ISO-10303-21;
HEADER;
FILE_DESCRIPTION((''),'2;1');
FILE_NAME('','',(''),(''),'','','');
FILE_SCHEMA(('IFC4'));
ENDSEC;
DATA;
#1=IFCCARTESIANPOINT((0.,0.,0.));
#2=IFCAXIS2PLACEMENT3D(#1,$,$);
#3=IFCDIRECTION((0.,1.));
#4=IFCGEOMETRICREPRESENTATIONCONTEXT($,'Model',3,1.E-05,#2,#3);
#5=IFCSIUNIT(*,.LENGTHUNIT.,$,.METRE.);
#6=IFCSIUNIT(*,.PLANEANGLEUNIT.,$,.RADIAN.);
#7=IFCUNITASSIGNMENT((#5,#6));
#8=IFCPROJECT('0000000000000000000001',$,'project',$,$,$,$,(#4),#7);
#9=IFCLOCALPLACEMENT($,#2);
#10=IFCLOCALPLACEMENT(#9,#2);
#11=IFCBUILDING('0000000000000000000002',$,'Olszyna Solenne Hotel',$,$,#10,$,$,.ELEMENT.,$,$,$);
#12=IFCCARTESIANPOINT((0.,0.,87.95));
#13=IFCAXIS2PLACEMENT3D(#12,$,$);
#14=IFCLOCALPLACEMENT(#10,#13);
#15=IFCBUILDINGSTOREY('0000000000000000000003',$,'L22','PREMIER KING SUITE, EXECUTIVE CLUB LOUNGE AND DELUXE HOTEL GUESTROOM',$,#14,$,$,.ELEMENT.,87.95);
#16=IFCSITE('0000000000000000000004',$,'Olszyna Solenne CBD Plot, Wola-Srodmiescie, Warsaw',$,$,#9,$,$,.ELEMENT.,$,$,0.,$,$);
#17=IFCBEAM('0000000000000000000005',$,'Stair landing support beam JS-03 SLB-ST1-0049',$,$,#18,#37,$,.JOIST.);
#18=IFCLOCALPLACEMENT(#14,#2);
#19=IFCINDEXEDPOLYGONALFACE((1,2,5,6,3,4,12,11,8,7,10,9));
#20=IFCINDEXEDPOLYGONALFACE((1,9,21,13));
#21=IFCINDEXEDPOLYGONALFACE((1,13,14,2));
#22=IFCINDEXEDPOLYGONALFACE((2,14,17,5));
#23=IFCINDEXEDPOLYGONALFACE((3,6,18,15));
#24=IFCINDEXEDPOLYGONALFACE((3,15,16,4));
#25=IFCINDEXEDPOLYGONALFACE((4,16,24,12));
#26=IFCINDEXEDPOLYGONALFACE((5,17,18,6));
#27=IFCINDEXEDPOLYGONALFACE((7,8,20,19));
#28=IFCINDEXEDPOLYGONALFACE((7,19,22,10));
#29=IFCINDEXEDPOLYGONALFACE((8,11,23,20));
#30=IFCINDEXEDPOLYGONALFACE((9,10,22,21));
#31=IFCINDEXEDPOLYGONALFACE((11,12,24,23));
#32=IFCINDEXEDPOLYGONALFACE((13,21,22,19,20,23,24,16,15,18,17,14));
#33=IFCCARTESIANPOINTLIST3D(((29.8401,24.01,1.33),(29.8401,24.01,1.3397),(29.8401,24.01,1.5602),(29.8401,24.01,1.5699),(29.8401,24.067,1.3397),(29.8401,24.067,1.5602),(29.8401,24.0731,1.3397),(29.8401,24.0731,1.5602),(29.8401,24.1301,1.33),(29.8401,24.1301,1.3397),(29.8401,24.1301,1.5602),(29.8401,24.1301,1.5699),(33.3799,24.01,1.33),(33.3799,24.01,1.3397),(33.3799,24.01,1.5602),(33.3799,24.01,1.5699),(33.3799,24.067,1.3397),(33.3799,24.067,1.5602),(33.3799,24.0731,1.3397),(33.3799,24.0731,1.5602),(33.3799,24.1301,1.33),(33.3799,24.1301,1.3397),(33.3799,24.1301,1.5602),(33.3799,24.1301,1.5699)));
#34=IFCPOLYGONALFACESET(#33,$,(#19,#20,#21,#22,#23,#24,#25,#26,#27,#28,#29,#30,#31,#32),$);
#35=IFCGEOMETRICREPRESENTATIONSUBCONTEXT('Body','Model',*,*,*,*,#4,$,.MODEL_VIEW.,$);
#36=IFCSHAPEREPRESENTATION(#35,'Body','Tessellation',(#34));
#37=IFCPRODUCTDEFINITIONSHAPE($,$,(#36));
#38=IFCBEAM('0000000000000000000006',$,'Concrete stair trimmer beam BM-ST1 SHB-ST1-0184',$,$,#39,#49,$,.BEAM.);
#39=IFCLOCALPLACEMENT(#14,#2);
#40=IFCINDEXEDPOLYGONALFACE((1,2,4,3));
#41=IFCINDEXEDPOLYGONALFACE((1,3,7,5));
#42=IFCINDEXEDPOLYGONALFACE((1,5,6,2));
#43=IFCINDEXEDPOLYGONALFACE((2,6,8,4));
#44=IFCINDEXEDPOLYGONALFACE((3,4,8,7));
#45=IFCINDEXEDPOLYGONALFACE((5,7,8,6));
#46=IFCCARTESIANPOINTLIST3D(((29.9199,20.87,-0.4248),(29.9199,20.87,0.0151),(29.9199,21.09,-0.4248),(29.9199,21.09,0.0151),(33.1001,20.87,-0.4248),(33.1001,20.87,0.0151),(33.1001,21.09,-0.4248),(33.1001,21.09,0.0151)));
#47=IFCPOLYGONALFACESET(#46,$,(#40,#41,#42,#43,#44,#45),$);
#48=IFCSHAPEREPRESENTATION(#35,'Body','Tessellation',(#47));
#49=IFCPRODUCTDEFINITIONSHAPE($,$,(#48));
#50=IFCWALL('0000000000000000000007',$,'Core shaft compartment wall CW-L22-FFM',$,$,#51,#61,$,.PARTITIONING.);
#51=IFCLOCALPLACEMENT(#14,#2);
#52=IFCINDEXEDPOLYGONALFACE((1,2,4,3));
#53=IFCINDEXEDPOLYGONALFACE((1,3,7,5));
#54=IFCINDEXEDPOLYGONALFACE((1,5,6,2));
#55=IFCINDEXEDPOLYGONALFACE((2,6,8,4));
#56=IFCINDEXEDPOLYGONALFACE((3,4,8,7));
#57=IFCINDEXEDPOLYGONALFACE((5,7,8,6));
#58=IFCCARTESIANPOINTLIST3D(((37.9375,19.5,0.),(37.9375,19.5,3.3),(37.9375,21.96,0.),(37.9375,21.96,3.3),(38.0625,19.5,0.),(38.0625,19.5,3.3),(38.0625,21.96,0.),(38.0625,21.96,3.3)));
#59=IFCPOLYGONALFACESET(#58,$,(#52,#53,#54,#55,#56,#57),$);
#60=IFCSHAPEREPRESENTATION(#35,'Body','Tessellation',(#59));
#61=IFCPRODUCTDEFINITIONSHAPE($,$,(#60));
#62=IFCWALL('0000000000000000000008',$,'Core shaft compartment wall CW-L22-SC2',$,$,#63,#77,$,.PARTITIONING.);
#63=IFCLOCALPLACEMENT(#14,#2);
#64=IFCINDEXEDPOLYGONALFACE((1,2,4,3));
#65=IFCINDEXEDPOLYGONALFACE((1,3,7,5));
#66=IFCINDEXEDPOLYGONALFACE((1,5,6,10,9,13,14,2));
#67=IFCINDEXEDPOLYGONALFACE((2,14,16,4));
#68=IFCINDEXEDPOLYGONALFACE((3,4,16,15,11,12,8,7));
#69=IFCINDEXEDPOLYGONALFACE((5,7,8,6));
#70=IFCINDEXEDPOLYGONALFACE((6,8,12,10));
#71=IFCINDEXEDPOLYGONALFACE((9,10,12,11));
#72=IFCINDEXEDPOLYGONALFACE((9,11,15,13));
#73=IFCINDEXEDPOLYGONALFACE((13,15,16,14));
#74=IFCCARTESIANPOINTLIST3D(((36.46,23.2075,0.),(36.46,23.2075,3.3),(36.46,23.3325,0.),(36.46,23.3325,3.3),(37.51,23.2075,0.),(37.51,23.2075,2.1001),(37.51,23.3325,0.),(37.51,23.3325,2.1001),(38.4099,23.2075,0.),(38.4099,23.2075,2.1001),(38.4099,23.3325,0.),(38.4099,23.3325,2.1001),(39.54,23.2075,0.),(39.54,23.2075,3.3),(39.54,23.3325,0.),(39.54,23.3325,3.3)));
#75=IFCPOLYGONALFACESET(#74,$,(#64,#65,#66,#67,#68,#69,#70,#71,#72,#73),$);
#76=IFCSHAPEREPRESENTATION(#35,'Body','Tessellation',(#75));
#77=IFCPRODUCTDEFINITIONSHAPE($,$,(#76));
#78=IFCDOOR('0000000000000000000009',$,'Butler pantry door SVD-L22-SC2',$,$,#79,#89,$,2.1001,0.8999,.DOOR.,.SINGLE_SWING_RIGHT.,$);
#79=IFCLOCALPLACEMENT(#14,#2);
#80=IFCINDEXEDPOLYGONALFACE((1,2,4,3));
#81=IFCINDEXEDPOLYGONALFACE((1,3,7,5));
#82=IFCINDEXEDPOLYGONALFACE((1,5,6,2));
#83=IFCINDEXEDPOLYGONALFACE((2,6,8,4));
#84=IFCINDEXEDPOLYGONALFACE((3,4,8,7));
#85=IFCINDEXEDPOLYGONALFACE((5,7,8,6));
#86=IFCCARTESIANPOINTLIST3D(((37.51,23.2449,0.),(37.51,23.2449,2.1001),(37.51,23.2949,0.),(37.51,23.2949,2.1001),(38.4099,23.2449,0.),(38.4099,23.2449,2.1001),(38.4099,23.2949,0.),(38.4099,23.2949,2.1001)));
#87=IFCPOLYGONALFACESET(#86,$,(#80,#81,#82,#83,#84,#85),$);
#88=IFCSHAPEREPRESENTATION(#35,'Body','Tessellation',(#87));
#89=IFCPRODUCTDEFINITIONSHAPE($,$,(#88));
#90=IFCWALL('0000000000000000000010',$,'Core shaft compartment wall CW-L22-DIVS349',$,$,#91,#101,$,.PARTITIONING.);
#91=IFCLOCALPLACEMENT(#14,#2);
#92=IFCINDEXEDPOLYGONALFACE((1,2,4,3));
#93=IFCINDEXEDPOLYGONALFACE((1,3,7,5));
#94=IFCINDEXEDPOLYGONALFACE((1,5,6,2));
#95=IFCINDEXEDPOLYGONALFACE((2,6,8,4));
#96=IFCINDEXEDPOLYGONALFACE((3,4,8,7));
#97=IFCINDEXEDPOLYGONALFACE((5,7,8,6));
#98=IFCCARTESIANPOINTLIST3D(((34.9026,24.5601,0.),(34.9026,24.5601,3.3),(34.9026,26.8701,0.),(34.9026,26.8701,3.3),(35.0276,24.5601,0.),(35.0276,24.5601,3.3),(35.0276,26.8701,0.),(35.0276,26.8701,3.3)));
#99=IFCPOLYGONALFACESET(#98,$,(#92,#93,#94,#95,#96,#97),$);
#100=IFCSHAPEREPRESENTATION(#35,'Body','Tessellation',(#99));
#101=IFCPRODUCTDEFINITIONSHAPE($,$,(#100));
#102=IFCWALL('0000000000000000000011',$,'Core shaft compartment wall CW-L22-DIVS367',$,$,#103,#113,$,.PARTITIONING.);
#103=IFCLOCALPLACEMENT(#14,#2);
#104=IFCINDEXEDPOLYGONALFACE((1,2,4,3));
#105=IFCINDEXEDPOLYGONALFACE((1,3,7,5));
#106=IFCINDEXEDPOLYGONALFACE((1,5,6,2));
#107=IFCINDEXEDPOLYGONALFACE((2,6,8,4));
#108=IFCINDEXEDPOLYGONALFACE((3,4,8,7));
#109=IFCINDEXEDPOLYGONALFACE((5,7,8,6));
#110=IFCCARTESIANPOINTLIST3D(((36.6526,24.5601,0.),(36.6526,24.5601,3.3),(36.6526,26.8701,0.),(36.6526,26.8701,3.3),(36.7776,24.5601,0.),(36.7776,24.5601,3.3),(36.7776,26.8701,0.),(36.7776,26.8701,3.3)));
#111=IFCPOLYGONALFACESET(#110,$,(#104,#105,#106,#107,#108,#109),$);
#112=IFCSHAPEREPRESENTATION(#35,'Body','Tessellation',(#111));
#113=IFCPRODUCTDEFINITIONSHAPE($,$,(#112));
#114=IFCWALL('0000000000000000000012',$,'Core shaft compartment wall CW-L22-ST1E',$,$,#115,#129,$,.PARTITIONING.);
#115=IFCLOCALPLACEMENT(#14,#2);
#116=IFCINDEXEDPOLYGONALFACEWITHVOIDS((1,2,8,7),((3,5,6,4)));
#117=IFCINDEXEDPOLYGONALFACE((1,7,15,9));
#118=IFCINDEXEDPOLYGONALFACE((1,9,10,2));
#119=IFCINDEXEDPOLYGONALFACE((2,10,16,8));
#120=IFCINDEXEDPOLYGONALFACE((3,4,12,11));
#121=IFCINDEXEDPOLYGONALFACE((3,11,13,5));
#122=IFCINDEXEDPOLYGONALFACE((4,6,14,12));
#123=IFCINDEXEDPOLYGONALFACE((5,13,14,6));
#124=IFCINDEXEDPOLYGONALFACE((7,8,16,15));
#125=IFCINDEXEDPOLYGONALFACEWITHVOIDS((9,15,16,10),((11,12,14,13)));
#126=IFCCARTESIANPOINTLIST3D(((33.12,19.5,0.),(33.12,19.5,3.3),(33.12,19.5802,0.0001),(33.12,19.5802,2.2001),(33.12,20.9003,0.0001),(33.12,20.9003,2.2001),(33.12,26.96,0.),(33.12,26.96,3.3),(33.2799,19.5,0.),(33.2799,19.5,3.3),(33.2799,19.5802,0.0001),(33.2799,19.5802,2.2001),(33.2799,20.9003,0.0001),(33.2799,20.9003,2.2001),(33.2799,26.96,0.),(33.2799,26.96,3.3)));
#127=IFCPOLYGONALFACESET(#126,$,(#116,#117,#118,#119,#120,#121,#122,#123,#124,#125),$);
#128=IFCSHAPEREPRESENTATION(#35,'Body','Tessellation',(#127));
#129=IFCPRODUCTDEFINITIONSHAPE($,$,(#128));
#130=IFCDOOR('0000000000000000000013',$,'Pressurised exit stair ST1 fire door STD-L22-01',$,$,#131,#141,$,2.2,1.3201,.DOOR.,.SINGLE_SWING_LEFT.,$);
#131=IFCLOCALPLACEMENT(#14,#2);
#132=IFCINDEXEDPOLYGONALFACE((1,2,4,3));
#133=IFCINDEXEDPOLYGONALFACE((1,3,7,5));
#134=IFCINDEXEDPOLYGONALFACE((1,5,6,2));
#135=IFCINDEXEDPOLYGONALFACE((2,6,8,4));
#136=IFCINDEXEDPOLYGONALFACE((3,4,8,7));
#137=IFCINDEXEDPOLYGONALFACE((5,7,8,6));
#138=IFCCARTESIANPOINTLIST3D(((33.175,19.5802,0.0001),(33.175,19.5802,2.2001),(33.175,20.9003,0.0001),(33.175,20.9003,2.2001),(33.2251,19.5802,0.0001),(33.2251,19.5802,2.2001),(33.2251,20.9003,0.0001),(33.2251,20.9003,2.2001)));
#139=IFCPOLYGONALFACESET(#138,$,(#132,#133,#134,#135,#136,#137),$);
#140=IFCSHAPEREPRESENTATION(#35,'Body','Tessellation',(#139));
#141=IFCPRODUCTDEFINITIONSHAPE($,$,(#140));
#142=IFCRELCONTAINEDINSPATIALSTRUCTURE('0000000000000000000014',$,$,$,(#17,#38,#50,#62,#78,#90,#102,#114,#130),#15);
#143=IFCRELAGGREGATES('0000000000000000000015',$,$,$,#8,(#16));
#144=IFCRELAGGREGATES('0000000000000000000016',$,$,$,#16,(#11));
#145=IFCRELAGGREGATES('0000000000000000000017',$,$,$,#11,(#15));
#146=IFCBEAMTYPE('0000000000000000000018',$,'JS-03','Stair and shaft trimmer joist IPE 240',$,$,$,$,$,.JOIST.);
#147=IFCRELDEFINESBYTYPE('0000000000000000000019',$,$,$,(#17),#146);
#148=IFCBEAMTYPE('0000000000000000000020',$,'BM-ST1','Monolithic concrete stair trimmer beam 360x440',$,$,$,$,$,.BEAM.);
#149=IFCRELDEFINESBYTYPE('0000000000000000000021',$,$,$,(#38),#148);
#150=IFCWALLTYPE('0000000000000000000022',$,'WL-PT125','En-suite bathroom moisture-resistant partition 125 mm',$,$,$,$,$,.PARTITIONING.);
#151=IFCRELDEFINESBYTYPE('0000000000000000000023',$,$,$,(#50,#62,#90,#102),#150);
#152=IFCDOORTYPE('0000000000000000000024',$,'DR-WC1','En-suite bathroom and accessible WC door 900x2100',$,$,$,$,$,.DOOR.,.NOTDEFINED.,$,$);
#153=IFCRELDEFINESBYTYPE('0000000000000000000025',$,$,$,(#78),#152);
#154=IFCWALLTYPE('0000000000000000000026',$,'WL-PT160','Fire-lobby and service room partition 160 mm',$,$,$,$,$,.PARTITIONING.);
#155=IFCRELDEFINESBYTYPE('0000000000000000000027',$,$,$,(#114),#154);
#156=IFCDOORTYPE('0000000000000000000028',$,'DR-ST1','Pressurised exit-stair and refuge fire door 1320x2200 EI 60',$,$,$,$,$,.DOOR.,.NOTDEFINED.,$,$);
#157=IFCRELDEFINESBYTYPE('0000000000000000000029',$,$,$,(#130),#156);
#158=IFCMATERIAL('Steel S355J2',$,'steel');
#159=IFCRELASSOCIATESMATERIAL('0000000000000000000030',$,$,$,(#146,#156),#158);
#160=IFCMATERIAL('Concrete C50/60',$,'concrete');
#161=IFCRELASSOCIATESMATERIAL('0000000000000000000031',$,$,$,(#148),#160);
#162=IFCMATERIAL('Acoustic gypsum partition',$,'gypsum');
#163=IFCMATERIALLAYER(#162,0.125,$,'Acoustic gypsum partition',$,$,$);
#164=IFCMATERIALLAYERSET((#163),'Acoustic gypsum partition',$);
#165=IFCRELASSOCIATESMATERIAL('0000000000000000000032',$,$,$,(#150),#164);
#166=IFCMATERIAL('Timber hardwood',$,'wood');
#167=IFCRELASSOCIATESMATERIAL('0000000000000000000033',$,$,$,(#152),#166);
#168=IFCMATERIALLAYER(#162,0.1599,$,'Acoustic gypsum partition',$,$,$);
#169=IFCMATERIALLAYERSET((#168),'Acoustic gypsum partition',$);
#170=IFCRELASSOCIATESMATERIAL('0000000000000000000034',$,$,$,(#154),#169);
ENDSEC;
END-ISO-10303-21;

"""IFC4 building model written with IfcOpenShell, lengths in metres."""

from ifc_helpers import new_model, si_unit, direction, frame, frame_2d, origin, origin_2d, place, context, subcontext, project, spatial, rectangle, i_section, extrude, source, transform, mapped, material, layer, layer_set, material_profile, profile_set, type_object, type_shapes, element, fill, save


model = new_model("IFC4")

# Units and contexts
model_context = context("Model", 3, precision=1e-05, world=origin(), true_north=direction((0.0, 1.0)))
body_context = subcontext(model_context, "Body", "Model", "MODEL_VIEW")
ifc_project = project(units=[si_unit("LENGTHUNIT", "METRE"), si_unit("PLANEANGLEUNIT", "RADIAN")], contexts=[model_context])

# Site, building, storey
site_placement = place(None, origin())
site = spatial("IfcSite", under=ifc_project, at=site_placement, Name="Olszyna Solenne CBD Plot, Wola-Srodmiescie, Warsaw", CompositionType="ELEMENT", RefElevation=0.0)
building_placement = place(site_placement, origin())
building = spatial("IfcBuilding", under=site, at=building_placement, Name="Olszyna Solenne Hotel", CompositionType="ELEMENT")
storey_placement = place(building_placement, frame((0.0, 0.0, 87.95)))
storey = spatial("IfcBuildingStorey", under=building, at=storey_placement, Name="L22", Description="PREMIER KING SUITE, EXECUTIVE CLUB LOUNGE AND DELUXE HOTEL GUESTROOM", CompositionType="ELEMENT", Elevation=87.95)

# Beams
ifc_material_1 = material(Name="Steel S355J2", Category="steel")
ifc_material_profile_1 = material_profile(ifc_material_1, i_section(OverallWidth=0.1201, OverallDepth=0.24, WebThickness=0.0061, FlangeThickness=0.0098, at=origin_2d()), Name="IPE 240", Category="load-bearing")
ifc_profile_set_1 = profile_set([ifc_material_profile_1], Name="Steel S355J2")
beam_type_1 = type_object("IfcBeamType", Name="JS-03", Description="Stair and shaft trimmer joist IPE 240", PredefinedType="JOIST", material=ifc_profile_set_1)
shared_shape_1 = source(origin(), body_context, "Body", "SweptSolid", [
    extrude(i_section(OverallWidth=0.1201, OverallDepth=0.24, WebThickness=0.0061, FlangeThickness=0.0098, at=origin_2d()), origin(), (0.0, 0.0, 1.0), 3.5398),
])
beam_1_placement = place(storey_placement, frame((33.3799, 24.0701, 1.45), z_axis=(-1.0, 0.0, 0.0), x_axis=(0.0, -1.0, 0.0)))
element("IfcBeam", 1, at=beam_1_placement, inside=storey, type_object=beam_type_1, Name="Stair landing support beam JS-03 SLB-ST1-0049", PredefinedType="JOIST", context=body_context, shape_type="MappedRepresentation", body=[
    mapped(shared_shape_1, transform((0.0, 0.0, 0.0), x_axis=(1.0, 0.0, 0.0), y_axis=(0.0, 1.0, 0.0), z_axis=(0.0, 0.0, 1.0), scale=1.0)),
])
ifc_material_2 = material(Name="Concrete C50/60", Category="concrete")
ifc_material_profile_2 = material_profile(ifc_material_2, rectangle(XDim=0.22, YDim=0.4399, at=origin_2d()), Name="RC 220x440", Category="load-bearing")
ifc_profile_set_2 = profile_set([ifc_material_profile_2], Name="Concrete C50/60")
beam_type_2 = type_object("IfcBeamType", Name="BM-ST1", Description="Monolithic concrete stair trimmer beam 360x440", PredefinedType="BEAM", material=ifc_profile_set_2)
shared_shape_2 = source(origin(), body_context, "Body", "SweptSolid", [
    extrude(rectangle(XDim=0.22, YDim=0.4399, at=origin_2d()), origin(), (0.0, 0.0, 1.0), 3.1802),
])
beam_2_placement = place(storey_placement, frame((33.1001, 20.98, -0.2048), z_axis=(-1.0, 0.0, 0.0), x_axis=(0.0, -1.0, 0.0)))
element("IfcBeam", 2, at=beam_2_placement, inside=storey, type_object=beam_type_2, Name="Concrete stair trimmer beam BM-ST1 SHB-ST1-0184", PredefinedType="BEAM", context=body_context, shape_type="MappedRepresentation", body=[
    mapped(shared_shape_2, transform((0.0, 0.0, 0.0), x_axis=(1.0, 0.0, 0.0), y_axis=(0.0, 1.0, 0.0), z_axis=(0.0, 0.0, 1.0), scale=1.0)),
])

# Wall
ifc_material_3 = material(Name="Acoustic gypsum partition", Category="gypsum")
ifc_layer_1 = layer(ifc_material_3, 0.125, Name="Acoustic gypsum partition")
ifc_layer_set_1 = layer_set([ifc_layer_1], Name="Acoustic gypsum partition")
wall_type_1 = type_object("IfcWallType", Name="WL-PT125", Description="En-suite bathroom moisture-resistant partition 125 mm", PredefinedType="PARTITIONING", material=ifc_layer_set_1)
wall_1_placement = place(storey_placement, frame((38.0, 19.5, 0.0), z_axis=(0.0, 0.0, 1.0), x_axis=(0.0, 1.0, 0.0)))
element("IfcWall", 3, at=wall_1_placement, inside=storey, type_object=wall_type_1, Name="Core shaft compartment wall CW-L22-FFM", PredefinedType="PARTITIONING", context=body_context, shape_type="SweptSolid", body=[
    extrude(rectangle(XDim=2.46, YDim=0.125, at=frame_2d((1.23, 0.0))), origin(), (0.0, 0.0, 1.0), 3.3),
])

# Wall, opening, door
wall_2_placement = place(storey_placement, frame((36.46, 23.27, 0.0), z_axis=(0.0, 0.0, 1.0), x_axis=(1.0, 0.0, 0.0)))
wall_2 = element("IfcWall", 4, at=wall_2_placement, inside=storey, type_object=wall_type_1, Name="Core shaft compartment wall CW-L22-SC2", PredefinedType="PARTITIONING", context=body_context, shape_type="SweptSolid", body=[
    extrude(rectangle(XDim=3.0801, YDim=0.125, at=frame_2d((1.54, 0.0))), origin(), (0.0, 0.0, 1.0), 3.3),
])
opening_1_placement = place(wall_2_placement, frame((1.05, 0.0, 0.0)))
opening_1 = element("IfcOpeningElement", 5, at=opening_1_placement, cuts=wall_2, PredefinedType="OPENING", context=body_context, shape_type="SweptSolid", body=[
    extrude(rectangle(XDim=0.8999, YDim=2.1001, at=frame_2d((0.45, 1.05))), frame((0.0, 0.0725, 0.0), z_axis=(0.0, -1.0, 0.0), x_axis=(1.0, 0.0, 0.0)), (0.0, 0.0, 1.0), 0.145),
])
ifc_material_4 = material(Name="Timber hardwood", Category="wood")
door_type_1 = type_object("IfcDoorType", Name="DR-WC1", Description="En-suite bathroom and accessible WC door 900x2100", OperationType="NOTDEFINED", PredefinedType="DOOR", material=ifc_material_4)
shared_shape_3 = source(origin(), body_context, "Body", "SweptSolid", [
    extrude(rectangle(XDim=0.8999, YDim=2.1001, at=frame_2d((0.45, 1.05))), frame((0.0, 0.0249, 0.0), z_axis=(0.0, -1.0, 0.0), x_axis=(1.0, 0.0, 0.0)), (0.0, 0.0, 1.0), 0.05),
])
type_shapes(door_type_1, [shared_shape_3])
door_1_placement = place(opening_1_placement, origin())
door_1 = element("IfcDoor", 6, at=door_1_placement, inside=storey, type_object=door_type_1, Name="Butler pantry door SVD-L22-SC2", OperationType="SINGLE_SWING_RIGHT", OverallHeight=2.1001, OverallWidth=0.8999, PredefinedType="DOOR", context=body_context, shape_type="MappedRepresentation", body=[
    mapped(shared_shape_3, transform((0.0, 0.0, 0.0), x_axis=(1.0, 0.0, 0.0), y_axis=(0.0, 1.0, 0.0), z_axis=(0.0, 0.0, 1.0), scale=1.0)),
])
fill(opening_1, door_1)

# Walls
for number, where, z_axis, x_axis, name in (
    (7, (34.9651, 24.5601, 0.0), (0.0, 0.0, 1.0), (0.0, 1.0, 0.0), "Core shaft compartment wall CW-L22-DIVS349"),
    (8, (36.7151, 24.5601, 0.0), (0.0, 0.0, 1.0), (0.0, 1.0, 0.0), "Core shaft compartment wall CW-L22-DIVS367"),
):
    element("IfcWall", number, at=place(storey_placement, frame(where, z_axis=z_axis, x_axis=x_axis)), inside=storey, type_object=wall_type_1, Name=name, PredefinedType="PARTITIONING", context=body_context, shape_type="SweptSolid", body=[
        extrude(rectangle(XDim=2.3101, YDim=0.125, at=frame_2d((1.155, 0.0))), origin(), (0.0, 0.0, 1.0), 3.3),
    ])

# Wall, opening, door
ifc_layer_2 = layer(ifc_material_3, 0.1599, Name="Acoustic gypsum partition")
ifc_layer_set_2 = layer_set([ifc_layer_2], Name="Acoustic gypsum partition")
wall_type_2 = type_object("IfcWallType", Name="WL-PT160", Description="Fire-lobby and service room partition 160 mm", PredefinedType="PARTITIONING", material=ifc_layer_set_2)
wall_3_placement = place(storey_placement, frame((33.2, 19.5, 0.0), z_axis=(0.0, 0.0, 1.0), x_axis=(0.0, 1.0, 0.0)))
wall_3 = element("IfcWall", 9, at=wall_3_placement, inside=storey, type_object=wall_type_2, Name="Core shaft compartment wall CW-L22-ST1E", PredefinedType="PARTITIONING", context=body_context, shape_type="SweptSolid", body=[
    extrude(rectangle(XDim=7.46, YDim=0.1599, at=frame_2d((3.73, 0.0))), origin(), (0.0, 0.0, 1.0), 3.3),
])
opening_2_placement = place(wall_3_placement, frame((0.0801, 0.0, 0.0)))
opening_2 = element("IfcOpeningElement", 10, at=opening_2_placement, cuts=wall_3, PredefinedType="OPENING", context=body_context, shape_type="SweptSolid", body=[
    extrude(rectangle(XDim=1.3201, YDim=2.2, at=frame_2d((0.6602, 1.1001))), frame((0.0, 0.0898, 0.0), z_axis=(0.0, -1.0, 0.0), x_axis=(1.0, 0.0, 0.0)), (0.0, 0.0, 1.0), 0.1799),
])
door_type_2 = type_object("IfcDoorType", Name="DR-ST1", Description="Pressurised exit-stair and refuge fire door 1320x2200 EI 60", OperationType="NOTDEFINED", PredefinedType="DOOR", material=ifc_material_1)
shared_shape_4 = source(origin(), body_context, "Body", "SweptSolid", [
    extrude(rectangle(XDim=1.3201, YDim=2.2, at=frame_2d((0.6602, 1.1001))), frame((0.0, 0.0249, 0.0), z_axis=(0.0, -1.0, 0.0), x_axis=(1.0, 0.0, 0.0)), (0.0, 0.0, 1.0), 0.05),
])
type_shapes(door_type_2, [shared_shape_4])
door_2_placement = place(opening_2_placement, origin())
door_2 = element("IfcDoor", 11, at=door_2_placement, inside=storey, type_object=door_type_2, Name="Pressurised exit stair ST1 fire door STD-L22-01", OperationType="SINGLE_SWING_LEFT", OverallHeight=2.2, OverallWidth=1.3201, PredefinedType="DOOR", context=body_context, shape_type="MappedRepresentation", body=[
    mapped(shared_shape_4, transform((0.0, 0.0, 0.0), x_axis=(1.0, 0.0, 0.0), y_axis=(0.0, 1.0, 0.0), z_axis=(0.0, 0.0, 1.0), scale=1.0)),
])
fill(opening_2, door_2)

save(model, "model.ifc")
